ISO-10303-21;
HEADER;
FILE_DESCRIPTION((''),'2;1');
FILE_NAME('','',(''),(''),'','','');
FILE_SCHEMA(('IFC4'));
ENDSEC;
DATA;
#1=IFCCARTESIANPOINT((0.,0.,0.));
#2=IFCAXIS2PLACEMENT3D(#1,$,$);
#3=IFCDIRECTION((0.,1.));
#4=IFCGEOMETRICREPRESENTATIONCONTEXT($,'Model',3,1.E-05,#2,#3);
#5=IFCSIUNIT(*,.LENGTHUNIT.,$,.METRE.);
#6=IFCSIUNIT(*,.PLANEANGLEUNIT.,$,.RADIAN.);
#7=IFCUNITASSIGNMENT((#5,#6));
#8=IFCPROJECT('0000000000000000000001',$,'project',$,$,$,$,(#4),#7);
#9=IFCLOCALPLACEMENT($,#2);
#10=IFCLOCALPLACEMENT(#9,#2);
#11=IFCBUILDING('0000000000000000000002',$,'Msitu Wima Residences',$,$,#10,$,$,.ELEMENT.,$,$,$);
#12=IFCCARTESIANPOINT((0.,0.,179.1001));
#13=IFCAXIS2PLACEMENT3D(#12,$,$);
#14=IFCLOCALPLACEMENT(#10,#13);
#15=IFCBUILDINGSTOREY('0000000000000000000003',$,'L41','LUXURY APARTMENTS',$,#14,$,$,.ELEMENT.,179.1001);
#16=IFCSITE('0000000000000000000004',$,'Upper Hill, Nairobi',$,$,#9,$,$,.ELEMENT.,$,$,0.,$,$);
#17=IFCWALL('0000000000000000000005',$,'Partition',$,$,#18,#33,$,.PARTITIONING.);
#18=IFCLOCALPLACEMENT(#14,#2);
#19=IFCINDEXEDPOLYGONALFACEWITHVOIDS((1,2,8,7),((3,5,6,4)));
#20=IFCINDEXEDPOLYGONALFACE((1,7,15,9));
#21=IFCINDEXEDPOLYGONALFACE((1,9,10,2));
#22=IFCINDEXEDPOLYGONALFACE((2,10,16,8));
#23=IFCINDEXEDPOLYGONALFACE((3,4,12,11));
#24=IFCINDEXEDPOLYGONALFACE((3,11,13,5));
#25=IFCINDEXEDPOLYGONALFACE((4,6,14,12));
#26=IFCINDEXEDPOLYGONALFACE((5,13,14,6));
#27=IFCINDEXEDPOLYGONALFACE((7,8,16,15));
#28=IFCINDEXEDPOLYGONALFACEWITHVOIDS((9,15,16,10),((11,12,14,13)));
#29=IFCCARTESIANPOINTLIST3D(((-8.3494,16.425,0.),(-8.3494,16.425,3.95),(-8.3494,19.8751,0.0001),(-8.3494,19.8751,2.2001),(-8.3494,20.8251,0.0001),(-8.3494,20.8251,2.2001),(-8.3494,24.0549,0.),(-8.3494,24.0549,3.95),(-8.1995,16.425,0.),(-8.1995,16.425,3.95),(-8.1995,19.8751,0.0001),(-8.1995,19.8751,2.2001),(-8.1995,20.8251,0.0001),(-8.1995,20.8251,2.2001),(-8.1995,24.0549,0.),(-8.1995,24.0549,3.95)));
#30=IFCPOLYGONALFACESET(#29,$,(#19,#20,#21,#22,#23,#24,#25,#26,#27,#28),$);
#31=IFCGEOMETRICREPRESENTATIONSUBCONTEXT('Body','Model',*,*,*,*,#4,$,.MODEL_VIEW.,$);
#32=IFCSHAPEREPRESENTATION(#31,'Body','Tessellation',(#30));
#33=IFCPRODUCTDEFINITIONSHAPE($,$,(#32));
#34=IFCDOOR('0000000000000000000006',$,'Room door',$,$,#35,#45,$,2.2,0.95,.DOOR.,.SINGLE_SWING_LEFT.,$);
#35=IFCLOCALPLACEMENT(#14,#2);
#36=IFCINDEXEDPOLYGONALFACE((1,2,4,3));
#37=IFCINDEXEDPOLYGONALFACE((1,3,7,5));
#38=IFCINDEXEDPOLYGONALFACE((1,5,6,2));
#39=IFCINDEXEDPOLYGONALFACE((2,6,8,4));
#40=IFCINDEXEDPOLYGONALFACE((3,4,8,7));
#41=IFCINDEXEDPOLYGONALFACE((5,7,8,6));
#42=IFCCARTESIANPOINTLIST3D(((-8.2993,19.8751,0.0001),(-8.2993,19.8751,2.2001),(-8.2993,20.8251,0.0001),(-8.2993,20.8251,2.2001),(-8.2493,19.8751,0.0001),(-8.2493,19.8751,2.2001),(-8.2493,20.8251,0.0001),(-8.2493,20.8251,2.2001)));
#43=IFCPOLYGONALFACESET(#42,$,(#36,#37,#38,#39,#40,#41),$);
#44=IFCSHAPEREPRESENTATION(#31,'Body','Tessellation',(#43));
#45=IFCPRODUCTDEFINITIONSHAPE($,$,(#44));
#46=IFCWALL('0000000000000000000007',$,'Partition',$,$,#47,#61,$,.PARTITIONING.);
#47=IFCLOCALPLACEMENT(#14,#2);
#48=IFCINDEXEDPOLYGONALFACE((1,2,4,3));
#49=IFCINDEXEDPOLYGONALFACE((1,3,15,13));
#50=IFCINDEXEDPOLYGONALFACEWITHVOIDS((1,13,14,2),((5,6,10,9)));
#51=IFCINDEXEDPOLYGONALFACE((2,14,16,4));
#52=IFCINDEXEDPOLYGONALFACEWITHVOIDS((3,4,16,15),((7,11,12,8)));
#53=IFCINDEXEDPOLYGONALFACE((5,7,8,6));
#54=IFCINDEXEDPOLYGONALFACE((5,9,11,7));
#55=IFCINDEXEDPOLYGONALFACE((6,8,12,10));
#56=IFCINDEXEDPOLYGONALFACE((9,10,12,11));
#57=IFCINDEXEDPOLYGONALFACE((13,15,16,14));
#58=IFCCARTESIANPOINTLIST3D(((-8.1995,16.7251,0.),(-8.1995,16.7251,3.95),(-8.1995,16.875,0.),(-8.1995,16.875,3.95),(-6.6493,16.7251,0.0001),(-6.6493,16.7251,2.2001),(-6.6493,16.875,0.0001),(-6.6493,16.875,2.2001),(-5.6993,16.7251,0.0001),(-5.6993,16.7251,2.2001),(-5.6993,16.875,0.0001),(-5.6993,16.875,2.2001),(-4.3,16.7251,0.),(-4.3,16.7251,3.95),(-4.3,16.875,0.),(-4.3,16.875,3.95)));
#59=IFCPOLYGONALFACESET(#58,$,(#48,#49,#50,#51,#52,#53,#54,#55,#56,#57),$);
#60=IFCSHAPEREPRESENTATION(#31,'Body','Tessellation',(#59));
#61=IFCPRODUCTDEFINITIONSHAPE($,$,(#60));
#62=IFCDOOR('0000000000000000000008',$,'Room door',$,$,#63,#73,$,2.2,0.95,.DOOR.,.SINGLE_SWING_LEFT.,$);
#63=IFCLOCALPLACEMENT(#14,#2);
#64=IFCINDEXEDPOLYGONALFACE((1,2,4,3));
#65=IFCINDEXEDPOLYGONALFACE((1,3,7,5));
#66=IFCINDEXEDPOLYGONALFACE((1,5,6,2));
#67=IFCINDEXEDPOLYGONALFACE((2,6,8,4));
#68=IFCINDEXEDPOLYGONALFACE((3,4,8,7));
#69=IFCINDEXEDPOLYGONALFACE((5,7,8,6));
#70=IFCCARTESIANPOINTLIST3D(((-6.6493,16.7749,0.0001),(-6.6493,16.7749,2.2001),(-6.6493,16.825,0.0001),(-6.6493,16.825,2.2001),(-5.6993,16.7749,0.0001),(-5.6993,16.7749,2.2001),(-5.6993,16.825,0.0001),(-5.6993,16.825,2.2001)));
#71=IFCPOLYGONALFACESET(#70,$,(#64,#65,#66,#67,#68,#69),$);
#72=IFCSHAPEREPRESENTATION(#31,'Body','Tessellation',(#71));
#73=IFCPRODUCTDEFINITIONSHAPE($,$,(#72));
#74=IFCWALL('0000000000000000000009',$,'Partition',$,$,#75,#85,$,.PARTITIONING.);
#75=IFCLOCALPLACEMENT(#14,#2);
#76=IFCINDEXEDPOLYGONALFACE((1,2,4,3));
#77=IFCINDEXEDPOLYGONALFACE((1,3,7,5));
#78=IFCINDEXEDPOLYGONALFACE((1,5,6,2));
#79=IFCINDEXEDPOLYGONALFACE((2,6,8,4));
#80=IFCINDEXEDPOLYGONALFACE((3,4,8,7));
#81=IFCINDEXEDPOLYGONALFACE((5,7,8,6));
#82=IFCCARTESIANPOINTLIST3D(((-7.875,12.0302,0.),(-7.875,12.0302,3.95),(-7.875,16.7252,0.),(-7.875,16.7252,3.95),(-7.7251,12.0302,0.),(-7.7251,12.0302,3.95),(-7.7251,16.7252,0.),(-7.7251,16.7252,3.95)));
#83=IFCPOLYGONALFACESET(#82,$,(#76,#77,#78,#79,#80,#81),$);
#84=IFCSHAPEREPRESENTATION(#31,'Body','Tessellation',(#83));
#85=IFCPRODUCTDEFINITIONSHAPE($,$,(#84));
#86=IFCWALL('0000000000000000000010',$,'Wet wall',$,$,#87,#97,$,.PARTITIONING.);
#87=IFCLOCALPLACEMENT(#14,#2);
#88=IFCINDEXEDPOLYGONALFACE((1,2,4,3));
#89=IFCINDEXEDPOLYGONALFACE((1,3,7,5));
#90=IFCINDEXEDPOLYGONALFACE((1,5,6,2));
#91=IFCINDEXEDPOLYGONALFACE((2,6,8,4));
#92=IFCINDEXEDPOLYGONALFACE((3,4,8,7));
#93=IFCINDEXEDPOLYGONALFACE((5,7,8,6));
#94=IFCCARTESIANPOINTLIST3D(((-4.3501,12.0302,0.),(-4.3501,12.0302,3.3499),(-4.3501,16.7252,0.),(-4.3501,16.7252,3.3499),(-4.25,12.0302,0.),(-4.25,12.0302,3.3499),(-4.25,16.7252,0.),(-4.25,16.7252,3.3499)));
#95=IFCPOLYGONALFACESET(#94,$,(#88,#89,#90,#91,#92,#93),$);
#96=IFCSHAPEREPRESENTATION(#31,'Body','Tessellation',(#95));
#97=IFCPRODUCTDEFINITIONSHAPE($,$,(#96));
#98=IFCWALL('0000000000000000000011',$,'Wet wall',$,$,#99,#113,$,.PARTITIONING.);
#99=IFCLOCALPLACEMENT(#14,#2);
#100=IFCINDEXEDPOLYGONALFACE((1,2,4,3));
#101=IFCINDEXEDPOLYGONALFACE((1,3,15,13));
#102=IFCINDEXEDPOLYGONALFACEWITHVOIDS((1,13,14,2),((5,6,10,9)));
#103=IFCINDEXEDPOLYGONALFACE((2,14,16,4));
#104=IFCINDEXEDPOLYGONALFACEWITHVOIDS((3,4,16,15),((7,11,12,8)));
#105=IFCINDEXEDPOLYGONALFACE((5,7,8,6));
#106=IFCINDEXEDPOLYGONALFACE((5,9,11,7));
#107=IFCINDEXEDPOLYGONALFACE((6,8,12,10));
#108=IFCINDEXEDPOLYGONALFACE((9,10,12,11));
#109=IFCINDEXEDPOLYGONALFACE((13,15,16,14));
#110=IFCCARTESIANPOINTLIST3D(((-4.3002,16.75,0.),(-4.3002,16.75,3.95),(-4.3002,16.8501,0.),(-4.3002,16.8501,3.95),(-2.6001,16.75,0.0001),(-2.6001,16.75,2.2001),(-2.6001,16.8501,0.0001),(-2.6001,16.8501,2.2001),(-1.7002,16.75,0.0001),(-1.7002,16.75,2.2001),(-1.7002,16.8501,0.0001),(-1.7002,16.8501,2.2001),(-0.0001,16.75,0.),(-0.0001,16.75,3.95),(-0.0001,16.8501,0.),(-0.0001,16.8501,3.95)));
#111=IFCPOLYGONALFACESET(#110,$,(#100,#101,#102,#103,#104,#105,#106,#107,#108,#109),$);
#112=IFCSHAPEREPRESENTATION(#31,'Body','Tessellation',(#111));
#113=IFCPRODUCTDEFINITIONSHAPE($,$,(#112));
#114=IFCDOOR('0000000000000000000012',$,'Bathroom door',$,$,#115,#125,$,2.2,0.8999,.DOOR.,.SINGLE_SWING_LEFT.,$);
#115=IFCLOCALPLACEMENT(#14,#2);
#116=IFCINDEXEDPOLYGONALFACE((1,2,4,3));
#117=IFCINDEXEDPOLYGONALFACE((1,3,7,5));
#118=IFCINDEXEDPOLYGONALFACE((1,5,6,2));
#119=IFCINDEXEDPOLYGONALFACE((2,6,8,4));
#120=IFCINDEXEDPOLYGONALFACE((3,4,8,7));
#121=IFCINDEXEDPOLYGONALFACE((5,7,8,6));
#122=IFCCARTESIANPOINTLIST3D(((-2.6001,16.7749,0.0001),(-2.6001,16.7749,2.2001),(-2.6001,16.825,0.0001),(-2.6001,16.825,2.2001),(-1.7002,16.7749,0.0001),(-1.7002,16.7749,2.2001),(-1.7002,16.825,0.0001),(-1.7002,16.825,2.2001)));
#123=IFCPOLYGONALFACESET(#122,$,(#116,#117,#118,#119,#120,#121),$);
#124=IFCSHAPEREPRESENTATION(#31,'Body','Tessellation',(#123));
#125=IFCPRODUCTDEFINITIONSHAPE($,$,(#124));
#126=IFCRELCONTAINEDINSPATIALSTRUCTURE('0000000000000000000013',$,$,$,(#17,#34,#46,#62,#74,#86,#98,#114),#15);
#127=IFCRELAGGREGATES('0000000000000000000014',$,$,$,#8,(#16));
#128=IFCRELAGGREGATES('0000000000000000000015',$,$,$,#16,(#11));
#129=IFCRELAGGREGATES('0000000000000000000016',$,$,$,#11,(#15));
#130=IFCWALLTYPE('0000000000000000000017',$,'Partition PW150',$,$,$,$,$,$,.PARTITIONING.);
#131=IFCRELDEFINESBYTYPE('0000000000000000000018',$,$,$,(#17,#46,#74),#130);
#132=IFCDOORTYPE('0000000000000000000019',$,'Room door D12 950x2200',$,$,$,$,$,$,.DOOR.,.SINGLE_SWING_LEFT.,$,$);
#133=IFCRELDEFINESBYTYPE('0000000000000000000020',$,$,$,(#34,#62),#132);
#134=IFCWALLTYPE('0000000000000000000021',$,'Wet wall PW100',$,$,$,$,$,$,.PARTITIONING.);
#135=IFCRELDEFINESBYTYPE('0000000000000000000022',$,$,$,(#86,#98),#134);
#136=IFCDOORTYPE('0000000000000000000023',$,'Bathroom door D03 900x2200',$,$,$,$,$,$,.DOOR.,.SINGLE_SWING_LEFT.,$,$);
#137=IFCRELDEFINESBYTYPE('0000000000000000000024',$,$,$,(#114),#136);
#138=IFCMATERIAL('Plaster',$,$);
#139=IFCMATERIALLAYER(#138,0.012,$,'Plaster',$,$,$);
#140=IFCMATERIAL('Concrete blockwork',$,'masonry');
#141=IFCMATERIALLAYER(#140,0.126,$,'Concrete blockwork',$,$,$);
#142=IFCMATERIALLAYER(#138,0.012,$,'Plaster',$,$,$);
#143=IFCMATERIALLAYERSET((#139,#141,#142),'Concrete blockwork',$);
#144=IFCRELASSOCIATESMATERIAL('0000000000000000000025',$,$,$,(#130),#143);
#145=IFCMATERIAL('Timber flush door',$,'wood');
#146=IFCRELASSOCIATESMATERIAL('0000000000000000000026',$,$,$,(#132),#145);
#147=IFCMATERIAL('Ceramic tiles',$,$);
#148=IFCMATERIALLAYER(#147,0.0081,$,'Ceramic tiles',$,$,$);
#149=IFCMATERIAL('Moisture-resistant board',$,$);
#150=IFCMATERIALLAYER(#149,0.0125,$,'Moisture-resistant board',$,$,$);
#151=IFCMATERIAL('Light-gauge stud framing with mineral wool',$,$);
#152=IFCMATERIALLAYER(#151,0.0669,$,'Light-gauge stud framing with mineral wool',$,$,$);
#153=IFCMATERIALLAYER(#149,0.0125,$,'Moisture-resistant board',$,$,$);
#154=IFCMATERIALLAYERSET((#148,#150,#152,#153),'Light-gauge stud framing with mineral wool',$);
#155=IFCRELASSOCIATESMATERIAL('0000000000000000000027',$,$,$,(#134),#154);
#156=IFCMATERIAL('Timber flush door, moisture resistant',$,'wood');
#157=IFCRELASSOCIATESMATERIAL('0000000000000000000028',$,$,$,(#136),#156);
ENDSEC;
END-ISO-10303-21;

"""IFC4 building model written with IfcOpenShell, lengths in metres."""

from ifc_helpers import new_model, si_unit, direction, frame, frame_2d, origin, place, context, subcontext, project, spatial, rectangle, extrude, material, layer, layer_set, type_object, element, fill, save


model = new_model("IFC4")

# Units and contexts
model_context = context("Model", 3, precision=1e-05, world=origin(), true_north=direction((0.0, 1.0)))
body_context = subcontext(model_context, "Body", "Model", "MODEL_VIEW")
ifc_project = project(units=[si_unit("LENGTHUNIT", "METRE"), si_unit("PLANEANGLEUNIT", "RADIAN")], contexts=[model_context])

# Site, building, storey
site_placement = place(None, origin())
site = spatial("IfcSite", under=ifc_project, at=site_placement, Name="Upper Hill, Nairobi", CompositionType="ELEMENT", RefElevation=0.0)
building_placement = place(site_placement, origin())
building = spatial("IfcBuilding", under=site, at=building_placement, Name="Msitu Wima Residences", CompositionType="ELEMENT")
storey_placement = place(building_placement, frame((0.0, 0.0, 179.1001)))
storey = spatial("IfcBuildingStorey", under=building, at=storey_placement, Name="L41", Description="LUXURY APARTMENTS", CompositionType="ELEMENT", Elevation=179.1001)

# Shared definitions
ifc_material_1 = material(Name="Plaster")
ifc_layer_1 = layer(ifc_material_1, 0.012, Name="Plaster")
ifc_material_2 = material(Name="Concrete blockwork", Category="masonry")
ifc_layer_2 = layer(ifc_material_2, 0.126, Name="Concrete blockwork")
ifc_layer_3 = layer(ifc_material_1, 0.012, Name="Plaster")
ifc_layer_set_1 = layer_set([ifc_layer_1, ifc_layer_2, ifc_layer_3], Name="Concrete blockwork")
wall_type_1 = type_object("IfcWallType", Name="Partition PW150", PredefinedType="PARTITIONING", material=ifc_layer_set_1)

# Shared definitions
ifc_material_3 = material(Name="Timber flush door", Category="wood")
door_type_1 = type_object("IfcDoorType", Name="Room door D12 950x2200", OperationType="SINGLE_SWING_LEFT", PredefinedType="DOOR", material=ifc_material_3)

# Walls, openings, doors
wall_1_placement = place(storey_placement, frame((-8.2744, 16.425, 0.0), z_axis=(0.0, 0.0, 1.0), x_axis=(0.0, 1.0, 0.0)))
wall_1 = element("IfcWall", 1, at=wall_1_placement, inside=storey, type_object=wall_type_1, Name="Partition", PredefinedType="PARTITIONING", context=body_context, shape_type="SweptSolid", body=[
    extrude(rectangle(XDim=7.6299, YDim=0.1499, at=frame_2d((3.8149, 0.0))), origin(), (0.0, 0.0, 1.0), 3.95),
])
opening_1_placement = place(wall_1_placement, frame((3.45, 0.0, 0.0)))
opening_1 = element("IfcOpeningElement", 2, at=opening_1_placement, cuts=wall_1, PredefinedType="OPENING", context=body_context, shape_type="SweptSolid", body=[
    extrude(rectangle(XDim=0.95, YDim=2.2, at=frame_2d((0.4751, 1.1001))), frame((0.0, 0.085, 0.0), z_axis=(0.0, -1.0, 0.0), x_axis=(1.0, 0.0, 0.0)), (0.0, 0.0, 1.0), 0.1699),
])
door_1_placement = place(opening_1_placement, origin())
door_1 = element("IfcDoor", 3, at=door_1_placement, inside=storey, type_object=door_type_1, Name="Room door", OperationType="SINGLE_SWING_LEFT", OverallHeight=2.2, OverallWidth=0.95, PredefinedType="DOOR", context=body_context, shape_type="SweptSolid", body=[
    extrude(rectangle(XDim=0.95, YDim=2.2, at=frame_2d((0.4751, 1.1001))), frame((0.0, 0.0249, 0.0), z_axis=(0.0, -1.0, 0.0), x_axis=(1.0, 0.0, 0.0)), (0.0, 0.0, 1.0), 0.05),
])
fill(opening_1, door_1)
wall_2_placement = place(storey_placement, frame((-8.1995, 16.8, 0.0), z_axis=(0.0, 0.0, 1.0), x_axis=(1.0, 0.0, 0.0)))
wall_2 = element("IfcWall", 4, at=wall_2_placement, inside=storey, type_object=wall_type_1, Name="Partition", PredefinedType="PARTITIONING", context=body_context, shape_type="SweptSolid", body=[
    extrude(rectangle(XDim=3.8994, YDim=0.1499, at=frame_2d((1.9497, 0.0))), origin(), (0.0, 0.0, 1.0), 3.95),
])
opening_2_placement = place(wall_2_placement, frame((1.55, 0.0, 0.0)))
opening_2 = element("IfcOpeningElement", 5, at=opening_2_placement, cuts=wall_2, PredefinedType="OPENING", context=body_context, shape_type="SweptSolid", body=[
    extrude(rectangle(XDim=0.95, YDim=2.2, at=frame_2d((0.4751, 1.1001))), frame((0.0, 0.085, 0.0), z_axis=(0.0, -1.0, 0.0), x_axis=(1.0, 0.0, 0.0)), (0.0, 0.0, 1.0), 0.1699),
])
door_2_placement = place(opening_2_placement, origin())
door_2 = element("IfcDoor", 6, at=door_2_placement, inside=storey, type_object=door_type_1, Name="Room door", OperationType="SINGLE_SWING_LEFT", OverallHeight=2.2, OverallWidth=0.95, PredefinedType="DOOR", context=body_context, shape_type="SweptSolid", body=[
    extrude(rectangle(XDim=0.95, YDim=2.2, at=frame_2d((0.4751, 1.1001))), frame((0.0, 0.0249, 0.0), z_axis=(0.0, -1.0, 0.0), x_axis=(1.0, 0.0, 0.0)), (0.0, 0.0, 1.0), 0.05),
])
fill(opening_2, door_2)

# Walls
wall_3_placement = place(storey_placement, frame((-7.8, 12.03, 0.0), z_axis=(0.0, 0.0, 1.0), x_axis=(0.0, 1.0, 0.0)))
element("IfcWall", 7, at=wall_3_placement, inside=storey, type_object=wall_type_1, Name="Partition", PredefinedType="PARTITIONING", context=body_context, shape_type="SweptSolid", body=[
    extrude(rectangle(XDim=4.6951, YDim=0.1499, at=frame_2d((2.3477, 0.0))), origin(), (0.0, 0.0, 1.0), 3.95),
])
ifc_material_4 = material(Name="Ceramic tiles")
ifc_layer_4 = layer(ifc_material_4, 0.0081, Name="Ceramic tiles")
ifc_material_5 = material(Name="Moisture-resistant board")
ifc_layer_5 = layer(ifc_material_5, 0.0125, Name="Moisture-resistant board")
ifc_material_6 = material(Name="Light-gauge stud framing with mineral wool")
ifc_layer_6 = layer(ifc_material_6, 0.0669, Name="Light-gauge stud framing with mineral wool")
ifc_layer_7 = layer(ifc_material_5, 0.0125, Name="Moisture-resistant board")
ifc_layer_set_2 = layer_set([ifc_layer_4, ifc_layer_5, ifc_layer_6, ifc_layer_7], Name="Light-gauge stud framing with mineral wool")
wall_type_2 = type_object("IfcWallType", Name="Wet wall PW100", PredefinedType="PARTITIONING", material=ifc_layer_set_2)
wall_4_placement = place(storey_placement, frame((-4.3, 12.03, 0.0), z_axis=(0.0, 0.0, 1.0), x_axis=(0.0, 1.0, 0.0)))
element("IfcWall", 8, at=wall_4_placement, inside=storey, type_object=wall_type_2, Name="Wet wall", PredefinedType="PARTITIONING", context=body_context, shape_type="SweptSolid", body=[
    extrude(rectangle(XDim=4.6951, YDim=0.1001, at=frame_2d((2.3477, 0.0))), origin(), (0.0, 0.0, 1.0), 3.3499),
])

# Wall, opening, door
wall_5_placement = place(storey_placement, frame((-4.3, 16.8, 0.0), z_axis=(0.0, 0.0, 1.0), x_axis=(1.0, 0.0, 0.0)))
wall_5 = element("IfcWall", 9, at=wall_5_placement, inside=storey, type_object=wall_type_2, Name="Wet wall", PredefinedType="PARTITIONING", context=body_context, shape_type="SweptSolid", body=[
    extrude(rectangle(XDim=4.3, YDim=0.1001, at=frame_2d((2.1499, 0.0))), origin(), (0.0, 0.0, 1.0), 3.95),
])
opening_3_placement = place(wall_5_placement, frame((1.7, 0.0, 0.0)))
opening_3 = element("IfcOpeningElement", 10, at=opening_3_placement, cuts=wall_5, PredefinedType="OPENING", context=body_context, shape_type="SweptSolid", body=[
    extrude(rectangle(XDim=0.8999, YDim=2.2, at=frame_2d((0.45, 1.1001))), frame((0.0, 0.0601, 0.0), z_axis=(0.0, -1.0, 0.0), x_axis=(1.0, 0.0, 0.0)), (0.0, 0.0, 1.0), 0.1201),
])
ifc_material_7 = material(Name="Timber flush door, moisture resistant", Category="wood")
door_type_2 = type_object("IfcDoorType", Name="Bathroom door D03 900x2200", OperationType="SINGLE_SWING_LEFT", PredefinedType="DOOR", material=ifc_material_7)
door_3_placement = place(opening_3_placement, origin())
door_3 = element("IfcDoor", 11, at=door_3_placement, inside=storey, type_object=door_type_2, Name="Bathroom door", OperationType="SINGLE_SWING_LEFT", OverallHeight=2.2, OverallWidth=0.8999, PredefinedType="DOOR", context=body_context, shape_type="SweptSolid", body=[
    extrude(rectangle(XDim=0.8999, YDim=2.2, at=frame_2d((0.45, 1.1001))), frame((0.0, 0.0249, 0.0), z_axis=(0.0, -1.0, 0.0), x_axis=(1.0, 0.0, 0.0)), (0.0, 0.0, 1.0), 0.05),
])
fill(opening_3, door_3)

save(model, "model.ifc")
